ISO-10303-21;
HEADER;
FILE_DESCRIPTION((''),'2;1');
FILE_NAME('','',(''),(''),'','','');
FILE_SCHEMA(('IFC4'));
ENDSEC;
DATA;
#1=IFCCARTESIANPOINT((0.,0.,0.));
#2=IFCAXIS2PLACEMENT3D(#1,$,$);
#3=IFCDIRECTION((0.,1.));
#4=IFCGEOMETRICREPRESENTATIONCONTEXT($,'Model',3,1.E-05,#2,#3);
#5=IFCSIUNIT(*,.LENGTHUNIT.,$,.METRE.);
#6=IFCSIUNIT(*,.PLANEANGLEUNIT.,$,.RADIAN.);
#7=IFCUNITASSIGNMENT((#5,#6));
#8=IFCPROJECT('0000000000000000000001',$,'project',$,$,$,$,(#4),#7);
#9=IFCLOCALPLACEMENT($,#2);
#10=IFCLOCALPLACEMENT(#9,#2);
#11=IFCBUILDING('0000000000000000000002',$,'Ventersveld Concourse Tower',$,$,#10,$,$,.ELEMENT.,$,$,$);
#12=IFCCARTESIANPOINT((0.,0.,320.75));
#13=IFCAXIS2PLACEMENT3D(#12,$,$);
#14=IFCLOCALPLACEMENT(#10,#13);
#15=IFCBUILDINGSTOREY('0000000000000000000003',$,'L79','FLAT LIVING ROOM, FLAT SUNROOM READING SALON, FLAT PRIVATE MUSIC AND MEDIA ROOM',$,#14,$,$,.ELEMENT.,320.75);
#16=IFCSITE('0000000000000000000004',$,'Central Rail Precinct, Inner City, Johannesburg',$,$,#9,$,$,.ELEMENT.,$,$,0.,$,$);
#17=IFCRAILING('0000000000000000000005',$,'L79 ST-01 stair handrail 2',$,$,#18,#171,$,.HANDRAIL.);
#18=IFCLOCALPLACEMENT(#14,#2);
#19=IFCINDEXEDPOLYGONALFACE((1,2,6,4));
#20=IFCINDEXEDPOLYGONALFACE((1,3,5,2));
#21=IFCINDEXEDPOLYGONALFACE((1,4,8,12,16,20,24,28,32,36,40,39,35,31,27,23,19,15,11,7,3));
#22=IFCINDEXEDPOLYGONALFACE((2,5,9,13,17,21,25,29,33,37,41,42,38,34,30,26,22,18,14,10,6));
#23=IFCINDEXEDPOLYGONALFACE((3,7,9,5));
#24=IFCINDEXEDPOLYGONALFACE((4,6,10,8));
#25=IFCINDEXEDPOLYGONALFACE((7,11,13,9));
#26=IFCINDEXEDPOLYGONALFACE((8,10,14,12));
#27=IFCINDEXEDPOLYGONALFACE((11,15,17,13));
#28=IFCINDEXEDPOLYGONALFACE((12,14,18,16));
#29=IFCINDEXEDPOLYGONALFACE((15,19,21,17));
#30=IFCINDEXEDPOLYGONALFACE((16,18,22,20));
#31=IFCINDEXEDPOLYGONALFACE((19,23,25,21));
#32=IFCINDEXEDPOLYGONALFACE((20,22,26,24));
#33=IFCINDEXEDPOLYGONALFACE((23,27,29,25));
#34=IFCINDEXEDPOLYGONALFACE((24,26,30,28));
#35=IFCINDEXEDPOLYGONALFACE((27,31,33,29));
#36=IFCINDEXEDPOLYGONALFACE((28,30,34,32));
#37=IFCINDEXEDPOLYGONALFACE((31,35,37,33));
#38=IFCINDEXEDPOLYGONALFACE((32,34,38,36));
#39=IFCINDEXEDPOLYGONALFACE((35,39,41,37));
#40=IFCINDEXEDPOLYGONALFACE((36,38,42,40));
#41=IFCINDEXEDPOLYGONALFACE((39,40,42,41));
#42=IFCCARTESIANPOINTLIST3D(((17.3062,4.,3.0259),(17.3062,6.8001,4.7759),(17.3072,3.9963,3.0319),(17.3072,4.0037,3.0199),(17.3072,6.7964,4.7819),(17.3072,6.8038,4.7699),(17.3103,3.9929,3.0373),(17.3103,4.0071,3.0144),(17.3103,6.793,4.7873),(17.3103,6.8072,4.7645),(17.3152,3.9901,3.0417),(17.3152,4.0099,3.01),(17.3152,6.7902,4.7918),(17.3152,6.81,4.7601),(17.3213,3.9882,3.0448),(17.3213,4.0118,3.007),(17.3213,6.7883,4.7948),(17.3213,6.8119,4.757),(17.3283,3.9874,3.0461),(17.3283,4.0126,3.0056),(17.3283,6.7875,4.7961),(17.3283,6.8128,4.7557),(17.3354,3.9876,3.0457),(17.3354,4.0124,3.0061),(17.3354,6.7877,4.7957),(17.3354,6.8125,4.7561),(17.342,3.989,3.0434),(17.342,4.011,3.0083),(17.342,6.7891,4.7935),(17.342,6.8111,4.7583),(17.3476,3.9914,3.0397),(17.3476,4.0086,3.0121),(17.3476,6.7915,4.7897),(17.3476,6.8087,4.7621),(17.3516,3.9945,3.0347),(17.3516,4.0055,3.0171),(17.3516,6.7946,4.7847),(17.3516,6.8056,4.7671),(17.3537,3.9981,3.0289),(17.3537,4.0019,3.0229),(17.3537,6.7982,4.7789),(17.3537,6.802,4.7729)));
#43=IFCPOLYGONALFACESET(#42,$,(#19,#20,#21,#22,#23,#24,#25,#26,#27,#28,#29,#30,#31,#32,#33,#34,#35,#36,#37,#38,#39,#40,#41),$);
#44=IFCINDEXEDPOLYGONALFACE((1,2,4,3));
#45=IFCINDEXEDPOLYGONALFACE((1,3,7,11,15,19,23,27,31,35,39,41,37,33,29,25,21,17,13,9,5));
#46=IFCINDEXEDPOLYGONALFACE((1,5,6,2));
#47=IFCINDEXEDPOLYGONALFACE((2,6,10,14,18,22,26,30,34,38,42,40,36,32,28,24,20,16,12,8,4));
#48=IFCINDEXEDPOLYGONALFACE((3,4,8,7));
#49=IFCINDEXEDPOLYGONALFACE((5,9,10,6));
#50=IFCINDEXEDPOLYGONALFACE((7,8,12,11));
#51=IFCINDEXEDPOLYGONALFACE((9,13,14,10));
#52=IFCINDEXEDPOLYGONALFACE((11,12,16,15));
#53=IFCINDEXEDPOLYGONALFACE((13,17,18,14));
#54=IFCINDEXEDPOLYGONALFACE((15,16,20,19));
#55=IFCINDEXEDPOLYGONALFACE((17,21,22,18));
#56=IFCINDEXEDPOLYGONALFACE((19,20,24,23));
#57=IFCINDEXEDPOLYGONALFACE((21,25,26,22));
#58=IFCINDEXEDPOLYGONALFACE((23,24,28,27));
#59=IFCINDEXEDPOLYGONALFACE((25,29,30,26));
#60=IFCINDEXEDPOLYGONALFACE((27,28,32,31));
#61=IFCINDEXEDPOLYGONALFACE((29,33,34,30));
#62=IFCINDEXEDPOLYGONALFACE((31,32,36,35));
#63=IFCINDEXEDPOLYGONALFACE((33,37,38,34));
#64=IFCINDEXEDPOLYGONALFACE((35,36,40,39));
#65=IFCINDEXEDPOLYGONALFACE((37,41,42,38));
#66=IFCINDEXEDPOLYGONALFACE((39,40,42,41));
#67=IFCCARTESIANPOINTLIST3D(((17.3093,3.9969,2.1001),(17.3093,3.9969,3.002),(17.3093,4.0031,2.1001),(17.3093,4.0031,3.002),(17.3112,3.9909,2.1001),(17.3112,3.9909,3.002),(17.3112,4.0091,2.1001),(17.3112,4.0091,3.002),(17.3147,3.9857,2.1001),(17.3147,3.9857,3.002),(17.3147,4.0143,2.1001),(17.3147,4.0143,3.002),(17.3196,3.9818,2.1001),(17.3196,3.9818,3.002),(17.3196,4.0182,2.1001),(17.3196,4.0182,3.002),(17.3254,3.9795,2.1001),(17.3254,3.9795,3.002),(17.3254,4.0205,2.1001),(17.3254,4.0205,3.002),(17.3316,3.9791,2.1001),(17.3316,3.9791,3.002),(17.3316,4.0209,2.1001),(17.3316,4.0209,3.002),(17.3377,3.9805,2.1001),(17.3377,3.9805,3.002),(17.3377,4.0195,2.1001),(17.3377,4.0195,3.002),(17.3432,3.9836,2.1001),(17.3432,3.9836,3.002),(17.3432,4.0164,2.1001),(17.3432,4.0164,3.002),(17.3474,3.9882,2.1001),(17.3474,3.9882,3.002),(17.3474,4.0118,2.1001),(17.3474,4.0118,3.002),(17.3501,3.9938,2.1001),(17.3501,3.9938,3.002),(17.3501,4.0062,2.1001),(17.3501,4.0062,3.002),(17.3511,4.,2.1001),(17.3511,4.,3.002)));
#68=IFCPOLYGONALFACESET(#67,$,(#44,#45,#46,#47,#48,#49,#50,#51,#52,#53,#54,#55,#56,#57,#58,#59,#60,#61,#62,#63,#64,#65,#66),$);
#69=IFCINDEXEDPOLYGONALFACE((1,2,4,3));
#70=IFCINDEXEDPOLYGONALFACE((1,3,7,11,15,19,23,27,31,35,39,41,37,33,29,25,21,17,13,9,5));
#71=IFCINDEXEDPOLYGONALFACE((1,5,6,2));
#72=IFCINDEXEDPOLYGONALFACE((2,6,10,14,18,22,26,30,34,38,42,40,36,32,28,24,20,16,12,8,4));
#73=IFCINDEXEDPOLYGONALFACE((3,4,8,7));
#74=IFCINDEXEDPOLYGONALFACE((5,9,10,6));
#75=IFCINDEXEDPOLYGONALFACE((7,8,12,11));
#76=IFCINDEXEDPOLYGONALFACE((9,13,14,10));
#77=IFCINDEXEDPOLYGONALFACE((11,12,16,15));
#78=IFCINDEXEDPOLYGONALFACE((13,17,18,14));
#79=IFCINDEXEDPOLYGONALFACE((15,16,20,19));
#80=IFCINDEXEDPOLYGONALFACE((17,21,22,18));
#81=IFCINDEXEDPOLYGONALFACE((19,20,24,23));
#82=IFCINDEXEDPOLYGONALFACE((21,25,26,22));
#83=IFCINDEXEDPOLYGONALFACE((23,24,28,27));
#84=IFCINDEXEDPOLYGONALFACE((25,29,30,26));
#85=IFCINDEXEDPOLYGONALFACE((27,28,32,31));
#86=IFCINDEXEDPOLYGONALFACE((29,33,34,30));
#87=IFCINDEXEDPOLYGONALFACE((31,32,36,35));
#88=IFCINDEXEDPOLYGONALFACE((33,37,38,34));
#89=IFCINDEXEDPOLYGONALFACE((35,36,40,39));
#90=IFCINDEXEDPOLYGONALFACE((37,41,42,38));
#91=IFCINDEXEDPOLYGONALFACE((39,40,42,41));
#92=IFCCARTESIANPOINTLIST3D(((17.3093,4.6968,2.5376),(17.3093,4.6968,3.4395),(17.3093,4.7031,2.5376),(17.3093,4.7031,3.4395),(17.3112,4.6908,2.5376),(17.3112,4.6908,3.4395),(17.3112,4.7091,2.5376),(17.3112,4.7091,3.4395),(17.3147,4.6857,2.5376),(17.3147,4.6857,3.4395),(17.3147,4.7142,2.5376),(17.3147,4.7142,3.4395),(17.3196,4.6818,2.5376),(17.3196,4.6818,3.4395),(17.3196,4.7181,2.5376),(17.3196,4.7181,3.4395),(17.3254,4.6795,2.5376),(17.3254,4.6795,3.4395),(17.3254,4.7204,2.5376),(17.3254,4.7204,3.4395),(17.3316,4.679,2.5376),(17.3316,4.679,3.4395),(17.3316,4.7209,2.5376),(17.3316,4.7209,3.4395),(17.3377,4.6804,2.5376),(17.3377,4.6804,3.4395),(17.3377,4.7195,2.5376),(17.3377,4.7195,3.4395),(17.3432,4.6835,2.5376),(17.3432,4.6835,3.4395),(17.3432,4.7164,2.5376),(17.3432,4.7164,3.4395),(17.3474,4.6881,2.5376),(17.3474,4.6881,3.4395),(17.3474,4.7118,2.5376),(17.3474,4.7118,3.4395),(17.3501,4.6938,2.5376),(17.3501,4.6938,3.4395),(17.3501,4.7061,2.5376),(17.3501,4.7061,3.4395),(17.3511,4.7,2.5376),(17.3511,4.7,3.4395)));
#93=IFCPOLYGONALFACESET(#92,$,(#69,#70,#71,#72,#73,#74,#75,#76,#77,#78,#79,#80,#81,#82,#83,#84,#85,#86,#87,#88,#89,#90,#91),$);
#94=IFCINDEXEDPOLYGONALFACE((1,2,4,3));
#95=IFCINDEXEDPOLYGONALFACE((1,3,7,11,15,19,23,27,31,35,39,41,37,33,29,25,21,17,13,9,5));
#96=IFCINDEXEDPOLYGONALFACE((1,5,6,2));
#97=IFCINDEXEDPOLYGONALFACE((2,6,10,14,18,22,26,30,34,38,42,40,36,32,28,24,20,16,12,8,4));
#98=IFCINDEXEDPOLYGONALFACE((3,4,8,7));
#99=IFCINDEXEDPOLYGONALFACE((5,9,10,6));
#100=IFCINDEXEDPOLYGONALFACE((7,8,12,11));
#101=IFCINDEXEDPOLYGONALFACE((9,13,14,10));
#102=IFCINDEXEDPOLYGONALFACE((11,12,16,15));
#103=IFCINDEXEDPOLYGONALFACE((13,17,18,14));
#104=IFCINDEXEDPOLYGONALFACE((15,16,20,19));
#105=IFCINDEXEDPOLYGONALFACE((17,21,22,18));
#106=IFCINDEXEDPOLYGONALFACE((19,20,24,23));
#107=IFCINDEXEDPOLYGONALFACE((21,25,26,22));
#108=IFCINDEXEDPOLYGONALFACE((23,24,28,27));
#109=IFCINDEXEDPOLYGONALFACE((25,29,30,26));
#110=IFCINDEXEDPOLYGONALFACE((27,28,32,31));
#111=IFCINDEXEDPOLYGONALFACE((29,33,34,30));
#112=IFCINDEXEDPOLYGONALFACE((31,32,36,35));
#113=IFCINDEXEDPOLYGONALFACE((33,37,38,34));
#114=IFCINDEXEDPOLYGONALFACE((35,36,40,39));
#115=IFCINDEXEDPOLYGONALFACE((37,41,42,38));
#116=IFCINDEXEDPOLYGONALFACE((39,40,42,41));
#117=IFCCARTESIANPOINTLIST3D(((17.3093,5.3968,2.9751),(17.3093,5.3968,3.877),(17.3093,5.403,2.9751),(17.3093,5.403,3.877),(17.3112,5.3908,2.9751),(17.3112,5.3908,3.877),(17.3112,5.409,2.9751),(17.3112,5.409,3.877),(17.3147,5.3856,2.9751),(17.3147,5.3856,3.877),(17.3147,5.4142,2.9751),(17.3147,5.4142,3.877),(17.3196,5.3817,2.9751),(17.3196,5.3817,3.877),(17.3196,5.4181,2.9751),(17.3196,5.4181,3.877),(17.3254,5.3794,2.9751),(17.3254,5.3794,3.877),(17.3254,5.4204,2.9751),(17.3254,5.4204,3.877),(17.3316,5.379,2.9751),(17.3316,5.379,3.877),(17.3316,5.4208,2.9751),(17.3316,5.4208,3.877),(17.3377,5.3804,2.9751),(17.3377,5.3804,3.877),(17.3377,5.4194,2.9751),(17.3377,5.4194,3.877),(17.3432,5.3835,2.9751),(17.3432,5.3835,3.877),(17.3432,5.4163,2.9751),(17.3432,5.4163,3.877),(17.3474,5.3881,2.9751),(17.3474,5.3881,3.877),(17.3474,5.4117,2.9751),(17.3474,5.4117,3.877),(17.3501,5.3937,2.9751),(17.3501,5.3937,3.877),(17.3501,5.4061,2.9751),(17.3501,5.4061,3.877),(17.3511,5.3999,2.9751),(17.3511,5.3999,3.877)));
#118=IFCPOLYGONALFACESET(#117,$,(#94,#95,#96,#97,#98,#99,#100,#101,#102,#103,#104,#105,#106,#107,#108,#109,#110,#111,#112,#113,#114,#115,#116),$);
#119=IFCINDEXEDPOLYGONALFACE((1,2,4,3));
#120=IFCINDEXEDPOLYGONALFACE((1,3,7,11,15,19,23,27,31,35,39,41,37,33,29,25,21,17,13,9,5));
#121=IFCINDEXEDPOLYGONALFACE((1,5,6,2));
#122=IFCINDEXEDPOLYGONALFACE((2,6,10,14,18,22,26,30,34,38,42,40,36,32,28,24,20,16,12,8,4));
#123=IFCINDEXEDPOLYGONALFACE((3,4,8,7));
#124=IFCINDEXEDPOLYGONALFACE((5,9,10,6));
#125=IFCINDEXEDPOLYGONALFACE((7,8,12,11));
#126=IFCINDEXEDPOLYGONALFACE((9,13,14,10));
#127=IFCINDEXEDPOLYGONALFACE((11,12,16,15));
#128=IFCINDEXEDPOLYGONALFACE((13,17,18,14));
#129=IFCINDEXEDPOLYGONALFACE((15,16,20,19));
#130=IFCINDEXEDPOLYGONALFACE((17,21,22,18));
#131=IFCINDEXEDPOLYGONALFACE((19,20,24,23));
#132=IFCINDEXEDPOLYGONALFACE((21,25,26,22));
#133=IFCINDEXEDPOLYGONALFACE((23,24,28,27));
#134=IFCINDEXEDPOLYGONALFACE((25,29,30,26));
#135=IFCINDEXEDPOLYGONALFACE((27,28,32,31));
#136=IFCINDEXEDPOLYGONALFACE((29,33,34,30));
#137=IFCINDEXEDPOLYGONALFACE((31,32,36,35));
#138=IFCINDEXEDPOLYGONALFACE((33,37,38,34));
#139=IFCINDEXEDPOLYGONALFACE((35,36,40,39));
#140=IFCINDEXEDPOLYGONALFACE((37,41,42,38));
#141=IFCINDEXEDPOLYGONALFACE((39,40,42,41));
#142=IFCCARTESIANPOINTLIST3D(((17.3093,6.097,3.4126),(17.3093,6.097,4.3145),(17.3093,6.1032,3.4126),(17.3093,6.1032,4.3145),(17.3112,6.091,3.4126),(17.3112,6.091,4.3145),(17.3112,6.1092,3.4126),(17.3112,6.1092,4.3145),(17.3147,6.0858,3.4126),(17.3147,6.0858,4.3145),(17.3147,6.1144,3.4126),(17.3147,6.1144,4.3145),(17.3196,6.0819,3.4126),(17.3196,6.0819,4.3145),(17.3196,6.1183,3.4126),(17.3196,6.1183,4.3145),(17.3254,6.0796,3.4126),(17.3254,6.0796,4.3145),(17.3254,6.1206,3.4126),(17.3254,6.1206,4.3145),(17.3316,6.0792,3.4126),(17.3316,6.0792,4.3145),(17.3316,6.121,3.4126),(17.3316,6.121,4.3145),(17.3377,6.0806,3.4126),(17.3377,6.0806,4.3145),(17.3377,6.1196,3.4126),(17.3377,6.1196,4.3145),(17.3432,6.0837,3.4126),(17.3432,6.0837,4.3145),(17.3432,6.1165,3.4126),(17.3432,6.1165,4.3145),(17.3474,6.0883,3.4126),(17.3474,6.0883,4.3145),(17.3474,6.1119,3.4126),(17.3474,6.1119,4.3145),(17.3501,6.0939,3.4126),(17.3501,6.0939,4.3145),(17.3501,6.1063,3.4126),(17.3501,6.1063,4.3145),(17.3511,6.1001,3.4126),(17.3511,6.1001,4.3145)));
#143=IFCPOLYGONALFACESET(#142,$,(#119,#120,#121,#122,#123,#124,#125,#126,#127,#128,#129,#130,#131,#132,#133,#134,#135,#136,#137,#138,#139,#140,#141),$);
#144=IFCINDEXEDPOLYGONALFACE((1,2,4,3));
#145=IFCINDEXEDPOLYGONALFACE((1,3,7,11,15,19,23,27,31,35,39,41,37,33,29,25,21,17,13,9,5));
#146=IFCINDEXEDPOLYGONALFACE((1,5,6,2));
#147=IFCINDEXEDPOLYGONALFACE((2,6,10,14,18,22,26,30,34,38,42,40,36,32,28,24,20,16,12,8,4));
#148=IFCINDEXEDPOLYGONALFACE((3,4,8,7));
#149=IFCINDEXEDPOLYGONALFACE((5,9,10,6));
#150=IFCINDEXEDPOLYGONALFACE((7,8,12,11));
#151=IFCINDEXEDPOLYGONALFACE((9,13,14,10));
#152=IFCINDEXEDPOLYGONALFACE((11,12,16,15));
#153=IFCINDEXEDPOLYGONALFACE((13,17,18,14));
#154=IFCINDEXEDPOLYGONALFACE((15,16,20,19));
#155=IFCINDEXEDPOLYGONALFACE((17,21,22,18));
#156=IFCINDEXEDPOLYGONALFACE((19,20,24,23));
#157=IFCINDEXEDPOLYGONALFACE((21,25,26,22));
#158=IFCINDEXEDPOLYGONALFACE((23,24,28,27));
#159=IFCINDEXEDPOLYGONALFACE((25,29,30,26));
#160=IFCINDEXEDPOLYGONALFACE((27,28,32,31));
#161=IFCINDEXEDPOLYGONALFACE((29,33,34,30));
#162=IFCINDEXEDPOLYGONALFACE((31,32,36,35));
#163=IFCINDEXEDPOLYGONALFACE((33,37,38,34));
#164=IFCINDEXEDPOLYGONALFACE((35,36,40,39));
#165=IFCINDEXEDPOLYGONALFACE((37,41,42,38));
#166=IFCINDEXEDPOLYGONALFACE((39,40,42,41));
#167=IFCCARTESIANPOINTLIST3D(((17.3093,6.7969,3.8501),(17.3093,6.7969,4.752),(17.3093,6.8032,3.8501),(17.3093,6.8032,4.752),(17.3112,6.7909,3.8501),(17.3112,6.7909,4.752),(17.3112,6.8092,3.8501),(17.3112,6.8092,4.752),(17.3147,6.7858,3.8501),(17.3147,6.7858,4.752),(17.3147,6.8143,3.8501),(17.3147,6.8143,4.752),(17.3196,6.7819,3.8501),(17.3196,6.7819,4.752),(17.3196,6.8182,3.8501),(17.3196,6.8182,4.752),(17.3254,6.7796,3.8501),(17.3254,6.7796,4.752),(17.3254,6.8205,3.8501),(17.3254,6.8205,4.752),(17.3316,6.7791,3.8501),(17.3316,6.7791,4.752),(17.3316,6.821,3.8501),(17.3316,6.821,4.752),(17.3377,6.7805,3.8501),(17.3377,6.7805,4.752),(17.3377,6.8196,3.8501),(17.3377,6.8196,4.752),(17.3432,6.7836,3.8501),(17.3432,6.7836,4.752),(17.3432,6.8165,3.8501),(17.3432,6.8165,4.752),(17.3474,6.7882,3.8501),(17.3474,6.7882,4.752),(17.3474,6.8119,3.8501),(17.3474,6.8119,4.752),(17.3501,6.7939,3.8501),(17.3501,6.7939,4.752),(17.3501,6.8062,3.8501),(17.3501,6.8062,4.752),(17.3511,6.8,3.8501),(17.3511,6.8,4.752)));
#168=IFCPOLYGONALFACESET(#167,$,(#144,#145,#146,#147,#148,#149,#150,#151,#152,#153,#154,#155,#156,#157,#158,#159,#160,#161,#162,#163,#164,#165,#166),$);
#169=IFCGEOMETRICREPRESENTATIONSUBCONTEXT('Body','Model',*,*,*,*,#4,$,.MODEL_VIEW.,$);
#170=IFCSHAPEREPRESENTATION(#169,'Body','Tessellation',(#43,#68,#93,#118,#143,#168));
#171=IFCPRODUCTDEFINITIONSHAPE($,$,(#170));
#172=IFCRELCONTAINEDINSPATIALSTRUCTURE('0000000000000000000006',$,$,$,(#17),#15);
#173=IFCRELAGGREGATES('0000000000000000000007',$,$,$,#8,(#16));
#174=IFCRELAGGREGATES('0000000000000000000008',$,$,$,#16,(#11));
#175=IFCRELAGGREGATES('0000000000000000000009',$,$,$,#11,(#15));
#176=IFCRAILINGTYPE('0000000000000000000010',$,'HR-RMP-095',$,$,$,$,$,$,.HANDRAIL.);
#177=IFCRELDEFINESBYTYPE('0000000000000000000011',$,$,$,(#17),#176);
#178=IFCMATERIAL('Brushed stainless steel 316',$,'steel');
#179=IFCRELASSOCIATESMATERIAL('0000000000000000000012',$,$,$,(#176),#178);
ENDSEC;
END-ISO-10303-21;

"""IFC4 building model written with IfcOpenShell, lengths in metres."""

from ifc_helpers import new_model, si_unit, direction, frame, origin, origin_2d, place, context, subcontext, project, spatial, circle, extrude, material, type_object, element, save


model = new_model("IFC4")

# Units and contexts
model_context = context("Model", 3, precision=1e-05, world=origin(), true_north=direction((0.0, 1.0)))
body_context = subcontext(model_context, "Body", "Model", "MODEL_VIEW")
ifc_project = project(units=[si_unit("LENGTHUNIT", "METRE"), si_unit("PLANEANGLEUNIT", "RADIAN")], contexts=[model_context])

# Site, building, storey
site_placement = place(None, origin())
site = spatial("IfcSite", under=ifc_project, at=site_placement, Name="Central Rail Precinct, Inner City, Johannesburg", CompositionType="ELEMENT", RefElevation=0.0)
building_placement = place(site_placement, origin())
building = spatial("IfcBuilding", under=site, at=building_placement, Name="Ventersveld Concourse Tower", CompositionType="ELEMENT")
storey_placement = place(building_placement, frame((0.0, 0.0, 320.75)))
storey = spatial("IfcBuildingStorey", under=building, at=storey_placement, Name="L79", Description="FLAT LIVING ROOM, FLAT SUNROOM READING SALON, FLAT PRIVATE MUSIC AND MEDIA ROOM", CompositionType="ELEMENT", Elevation=320.75)

# Shared definitions
ifc_material_1 = material(Name="Brushed stainless steel 316", Category="steel")

# Railing
railing_type_1 = type_object("IfcRailingType", Name="HR-RMP-095", PredefinedType="HANDRAIL", material=ifc_material_1)
railing_1_placement = place(storey_placement, frame((17.3301, 4.0, 2.1001)))
element("IfcRailing", 1, at=railing_1_placement, inside=storey, type_object=railing_type_1, Name="L79 ST-01 stair handrail 2", PredefinedType="HANDRAIL", context=body_context, shape_type="SweptSolid", body=[
    extrude(circle(Radius=0.0239, at=origin_2d()), frame((0.0, 0.0, 0.9258), z_axis=(0.0, 0.848002, 0.529992), x_axis=(-1.0, 0.0, 0.0)), (0.0, 0.0, 1.0), 3.302),
    extrude(circle(Radius=0.021, at=origin_2d()), origin(), (0.0, 0.0, 1.0), 0.9019),
    extrude(circle(Radius=0.021, at=origin_2d()), frame((0.0, 0.7, 0.4375)), (0.0, 0.0, 1.0), 0.9019),
    extrude(circle(Radius=0.021, at=origin_2d()), frame((0.0, 1.3999, 0.875)), (0.0, 0.0, 1.0), 0.9019),
    extrude(circle(Radius=0.021, at=origin_2d()), frame((0.0, 2.1001, 1.3125)), (0.0, 0.0, 1.0), 0.9019),
    extrude(circle(Radius=0.021, at=origin_2d()), frame((0.0, 2.8, 1.75)), (0.0, 0.0, 1.0), 0.9019),
])

save(model, "model.ifc")
